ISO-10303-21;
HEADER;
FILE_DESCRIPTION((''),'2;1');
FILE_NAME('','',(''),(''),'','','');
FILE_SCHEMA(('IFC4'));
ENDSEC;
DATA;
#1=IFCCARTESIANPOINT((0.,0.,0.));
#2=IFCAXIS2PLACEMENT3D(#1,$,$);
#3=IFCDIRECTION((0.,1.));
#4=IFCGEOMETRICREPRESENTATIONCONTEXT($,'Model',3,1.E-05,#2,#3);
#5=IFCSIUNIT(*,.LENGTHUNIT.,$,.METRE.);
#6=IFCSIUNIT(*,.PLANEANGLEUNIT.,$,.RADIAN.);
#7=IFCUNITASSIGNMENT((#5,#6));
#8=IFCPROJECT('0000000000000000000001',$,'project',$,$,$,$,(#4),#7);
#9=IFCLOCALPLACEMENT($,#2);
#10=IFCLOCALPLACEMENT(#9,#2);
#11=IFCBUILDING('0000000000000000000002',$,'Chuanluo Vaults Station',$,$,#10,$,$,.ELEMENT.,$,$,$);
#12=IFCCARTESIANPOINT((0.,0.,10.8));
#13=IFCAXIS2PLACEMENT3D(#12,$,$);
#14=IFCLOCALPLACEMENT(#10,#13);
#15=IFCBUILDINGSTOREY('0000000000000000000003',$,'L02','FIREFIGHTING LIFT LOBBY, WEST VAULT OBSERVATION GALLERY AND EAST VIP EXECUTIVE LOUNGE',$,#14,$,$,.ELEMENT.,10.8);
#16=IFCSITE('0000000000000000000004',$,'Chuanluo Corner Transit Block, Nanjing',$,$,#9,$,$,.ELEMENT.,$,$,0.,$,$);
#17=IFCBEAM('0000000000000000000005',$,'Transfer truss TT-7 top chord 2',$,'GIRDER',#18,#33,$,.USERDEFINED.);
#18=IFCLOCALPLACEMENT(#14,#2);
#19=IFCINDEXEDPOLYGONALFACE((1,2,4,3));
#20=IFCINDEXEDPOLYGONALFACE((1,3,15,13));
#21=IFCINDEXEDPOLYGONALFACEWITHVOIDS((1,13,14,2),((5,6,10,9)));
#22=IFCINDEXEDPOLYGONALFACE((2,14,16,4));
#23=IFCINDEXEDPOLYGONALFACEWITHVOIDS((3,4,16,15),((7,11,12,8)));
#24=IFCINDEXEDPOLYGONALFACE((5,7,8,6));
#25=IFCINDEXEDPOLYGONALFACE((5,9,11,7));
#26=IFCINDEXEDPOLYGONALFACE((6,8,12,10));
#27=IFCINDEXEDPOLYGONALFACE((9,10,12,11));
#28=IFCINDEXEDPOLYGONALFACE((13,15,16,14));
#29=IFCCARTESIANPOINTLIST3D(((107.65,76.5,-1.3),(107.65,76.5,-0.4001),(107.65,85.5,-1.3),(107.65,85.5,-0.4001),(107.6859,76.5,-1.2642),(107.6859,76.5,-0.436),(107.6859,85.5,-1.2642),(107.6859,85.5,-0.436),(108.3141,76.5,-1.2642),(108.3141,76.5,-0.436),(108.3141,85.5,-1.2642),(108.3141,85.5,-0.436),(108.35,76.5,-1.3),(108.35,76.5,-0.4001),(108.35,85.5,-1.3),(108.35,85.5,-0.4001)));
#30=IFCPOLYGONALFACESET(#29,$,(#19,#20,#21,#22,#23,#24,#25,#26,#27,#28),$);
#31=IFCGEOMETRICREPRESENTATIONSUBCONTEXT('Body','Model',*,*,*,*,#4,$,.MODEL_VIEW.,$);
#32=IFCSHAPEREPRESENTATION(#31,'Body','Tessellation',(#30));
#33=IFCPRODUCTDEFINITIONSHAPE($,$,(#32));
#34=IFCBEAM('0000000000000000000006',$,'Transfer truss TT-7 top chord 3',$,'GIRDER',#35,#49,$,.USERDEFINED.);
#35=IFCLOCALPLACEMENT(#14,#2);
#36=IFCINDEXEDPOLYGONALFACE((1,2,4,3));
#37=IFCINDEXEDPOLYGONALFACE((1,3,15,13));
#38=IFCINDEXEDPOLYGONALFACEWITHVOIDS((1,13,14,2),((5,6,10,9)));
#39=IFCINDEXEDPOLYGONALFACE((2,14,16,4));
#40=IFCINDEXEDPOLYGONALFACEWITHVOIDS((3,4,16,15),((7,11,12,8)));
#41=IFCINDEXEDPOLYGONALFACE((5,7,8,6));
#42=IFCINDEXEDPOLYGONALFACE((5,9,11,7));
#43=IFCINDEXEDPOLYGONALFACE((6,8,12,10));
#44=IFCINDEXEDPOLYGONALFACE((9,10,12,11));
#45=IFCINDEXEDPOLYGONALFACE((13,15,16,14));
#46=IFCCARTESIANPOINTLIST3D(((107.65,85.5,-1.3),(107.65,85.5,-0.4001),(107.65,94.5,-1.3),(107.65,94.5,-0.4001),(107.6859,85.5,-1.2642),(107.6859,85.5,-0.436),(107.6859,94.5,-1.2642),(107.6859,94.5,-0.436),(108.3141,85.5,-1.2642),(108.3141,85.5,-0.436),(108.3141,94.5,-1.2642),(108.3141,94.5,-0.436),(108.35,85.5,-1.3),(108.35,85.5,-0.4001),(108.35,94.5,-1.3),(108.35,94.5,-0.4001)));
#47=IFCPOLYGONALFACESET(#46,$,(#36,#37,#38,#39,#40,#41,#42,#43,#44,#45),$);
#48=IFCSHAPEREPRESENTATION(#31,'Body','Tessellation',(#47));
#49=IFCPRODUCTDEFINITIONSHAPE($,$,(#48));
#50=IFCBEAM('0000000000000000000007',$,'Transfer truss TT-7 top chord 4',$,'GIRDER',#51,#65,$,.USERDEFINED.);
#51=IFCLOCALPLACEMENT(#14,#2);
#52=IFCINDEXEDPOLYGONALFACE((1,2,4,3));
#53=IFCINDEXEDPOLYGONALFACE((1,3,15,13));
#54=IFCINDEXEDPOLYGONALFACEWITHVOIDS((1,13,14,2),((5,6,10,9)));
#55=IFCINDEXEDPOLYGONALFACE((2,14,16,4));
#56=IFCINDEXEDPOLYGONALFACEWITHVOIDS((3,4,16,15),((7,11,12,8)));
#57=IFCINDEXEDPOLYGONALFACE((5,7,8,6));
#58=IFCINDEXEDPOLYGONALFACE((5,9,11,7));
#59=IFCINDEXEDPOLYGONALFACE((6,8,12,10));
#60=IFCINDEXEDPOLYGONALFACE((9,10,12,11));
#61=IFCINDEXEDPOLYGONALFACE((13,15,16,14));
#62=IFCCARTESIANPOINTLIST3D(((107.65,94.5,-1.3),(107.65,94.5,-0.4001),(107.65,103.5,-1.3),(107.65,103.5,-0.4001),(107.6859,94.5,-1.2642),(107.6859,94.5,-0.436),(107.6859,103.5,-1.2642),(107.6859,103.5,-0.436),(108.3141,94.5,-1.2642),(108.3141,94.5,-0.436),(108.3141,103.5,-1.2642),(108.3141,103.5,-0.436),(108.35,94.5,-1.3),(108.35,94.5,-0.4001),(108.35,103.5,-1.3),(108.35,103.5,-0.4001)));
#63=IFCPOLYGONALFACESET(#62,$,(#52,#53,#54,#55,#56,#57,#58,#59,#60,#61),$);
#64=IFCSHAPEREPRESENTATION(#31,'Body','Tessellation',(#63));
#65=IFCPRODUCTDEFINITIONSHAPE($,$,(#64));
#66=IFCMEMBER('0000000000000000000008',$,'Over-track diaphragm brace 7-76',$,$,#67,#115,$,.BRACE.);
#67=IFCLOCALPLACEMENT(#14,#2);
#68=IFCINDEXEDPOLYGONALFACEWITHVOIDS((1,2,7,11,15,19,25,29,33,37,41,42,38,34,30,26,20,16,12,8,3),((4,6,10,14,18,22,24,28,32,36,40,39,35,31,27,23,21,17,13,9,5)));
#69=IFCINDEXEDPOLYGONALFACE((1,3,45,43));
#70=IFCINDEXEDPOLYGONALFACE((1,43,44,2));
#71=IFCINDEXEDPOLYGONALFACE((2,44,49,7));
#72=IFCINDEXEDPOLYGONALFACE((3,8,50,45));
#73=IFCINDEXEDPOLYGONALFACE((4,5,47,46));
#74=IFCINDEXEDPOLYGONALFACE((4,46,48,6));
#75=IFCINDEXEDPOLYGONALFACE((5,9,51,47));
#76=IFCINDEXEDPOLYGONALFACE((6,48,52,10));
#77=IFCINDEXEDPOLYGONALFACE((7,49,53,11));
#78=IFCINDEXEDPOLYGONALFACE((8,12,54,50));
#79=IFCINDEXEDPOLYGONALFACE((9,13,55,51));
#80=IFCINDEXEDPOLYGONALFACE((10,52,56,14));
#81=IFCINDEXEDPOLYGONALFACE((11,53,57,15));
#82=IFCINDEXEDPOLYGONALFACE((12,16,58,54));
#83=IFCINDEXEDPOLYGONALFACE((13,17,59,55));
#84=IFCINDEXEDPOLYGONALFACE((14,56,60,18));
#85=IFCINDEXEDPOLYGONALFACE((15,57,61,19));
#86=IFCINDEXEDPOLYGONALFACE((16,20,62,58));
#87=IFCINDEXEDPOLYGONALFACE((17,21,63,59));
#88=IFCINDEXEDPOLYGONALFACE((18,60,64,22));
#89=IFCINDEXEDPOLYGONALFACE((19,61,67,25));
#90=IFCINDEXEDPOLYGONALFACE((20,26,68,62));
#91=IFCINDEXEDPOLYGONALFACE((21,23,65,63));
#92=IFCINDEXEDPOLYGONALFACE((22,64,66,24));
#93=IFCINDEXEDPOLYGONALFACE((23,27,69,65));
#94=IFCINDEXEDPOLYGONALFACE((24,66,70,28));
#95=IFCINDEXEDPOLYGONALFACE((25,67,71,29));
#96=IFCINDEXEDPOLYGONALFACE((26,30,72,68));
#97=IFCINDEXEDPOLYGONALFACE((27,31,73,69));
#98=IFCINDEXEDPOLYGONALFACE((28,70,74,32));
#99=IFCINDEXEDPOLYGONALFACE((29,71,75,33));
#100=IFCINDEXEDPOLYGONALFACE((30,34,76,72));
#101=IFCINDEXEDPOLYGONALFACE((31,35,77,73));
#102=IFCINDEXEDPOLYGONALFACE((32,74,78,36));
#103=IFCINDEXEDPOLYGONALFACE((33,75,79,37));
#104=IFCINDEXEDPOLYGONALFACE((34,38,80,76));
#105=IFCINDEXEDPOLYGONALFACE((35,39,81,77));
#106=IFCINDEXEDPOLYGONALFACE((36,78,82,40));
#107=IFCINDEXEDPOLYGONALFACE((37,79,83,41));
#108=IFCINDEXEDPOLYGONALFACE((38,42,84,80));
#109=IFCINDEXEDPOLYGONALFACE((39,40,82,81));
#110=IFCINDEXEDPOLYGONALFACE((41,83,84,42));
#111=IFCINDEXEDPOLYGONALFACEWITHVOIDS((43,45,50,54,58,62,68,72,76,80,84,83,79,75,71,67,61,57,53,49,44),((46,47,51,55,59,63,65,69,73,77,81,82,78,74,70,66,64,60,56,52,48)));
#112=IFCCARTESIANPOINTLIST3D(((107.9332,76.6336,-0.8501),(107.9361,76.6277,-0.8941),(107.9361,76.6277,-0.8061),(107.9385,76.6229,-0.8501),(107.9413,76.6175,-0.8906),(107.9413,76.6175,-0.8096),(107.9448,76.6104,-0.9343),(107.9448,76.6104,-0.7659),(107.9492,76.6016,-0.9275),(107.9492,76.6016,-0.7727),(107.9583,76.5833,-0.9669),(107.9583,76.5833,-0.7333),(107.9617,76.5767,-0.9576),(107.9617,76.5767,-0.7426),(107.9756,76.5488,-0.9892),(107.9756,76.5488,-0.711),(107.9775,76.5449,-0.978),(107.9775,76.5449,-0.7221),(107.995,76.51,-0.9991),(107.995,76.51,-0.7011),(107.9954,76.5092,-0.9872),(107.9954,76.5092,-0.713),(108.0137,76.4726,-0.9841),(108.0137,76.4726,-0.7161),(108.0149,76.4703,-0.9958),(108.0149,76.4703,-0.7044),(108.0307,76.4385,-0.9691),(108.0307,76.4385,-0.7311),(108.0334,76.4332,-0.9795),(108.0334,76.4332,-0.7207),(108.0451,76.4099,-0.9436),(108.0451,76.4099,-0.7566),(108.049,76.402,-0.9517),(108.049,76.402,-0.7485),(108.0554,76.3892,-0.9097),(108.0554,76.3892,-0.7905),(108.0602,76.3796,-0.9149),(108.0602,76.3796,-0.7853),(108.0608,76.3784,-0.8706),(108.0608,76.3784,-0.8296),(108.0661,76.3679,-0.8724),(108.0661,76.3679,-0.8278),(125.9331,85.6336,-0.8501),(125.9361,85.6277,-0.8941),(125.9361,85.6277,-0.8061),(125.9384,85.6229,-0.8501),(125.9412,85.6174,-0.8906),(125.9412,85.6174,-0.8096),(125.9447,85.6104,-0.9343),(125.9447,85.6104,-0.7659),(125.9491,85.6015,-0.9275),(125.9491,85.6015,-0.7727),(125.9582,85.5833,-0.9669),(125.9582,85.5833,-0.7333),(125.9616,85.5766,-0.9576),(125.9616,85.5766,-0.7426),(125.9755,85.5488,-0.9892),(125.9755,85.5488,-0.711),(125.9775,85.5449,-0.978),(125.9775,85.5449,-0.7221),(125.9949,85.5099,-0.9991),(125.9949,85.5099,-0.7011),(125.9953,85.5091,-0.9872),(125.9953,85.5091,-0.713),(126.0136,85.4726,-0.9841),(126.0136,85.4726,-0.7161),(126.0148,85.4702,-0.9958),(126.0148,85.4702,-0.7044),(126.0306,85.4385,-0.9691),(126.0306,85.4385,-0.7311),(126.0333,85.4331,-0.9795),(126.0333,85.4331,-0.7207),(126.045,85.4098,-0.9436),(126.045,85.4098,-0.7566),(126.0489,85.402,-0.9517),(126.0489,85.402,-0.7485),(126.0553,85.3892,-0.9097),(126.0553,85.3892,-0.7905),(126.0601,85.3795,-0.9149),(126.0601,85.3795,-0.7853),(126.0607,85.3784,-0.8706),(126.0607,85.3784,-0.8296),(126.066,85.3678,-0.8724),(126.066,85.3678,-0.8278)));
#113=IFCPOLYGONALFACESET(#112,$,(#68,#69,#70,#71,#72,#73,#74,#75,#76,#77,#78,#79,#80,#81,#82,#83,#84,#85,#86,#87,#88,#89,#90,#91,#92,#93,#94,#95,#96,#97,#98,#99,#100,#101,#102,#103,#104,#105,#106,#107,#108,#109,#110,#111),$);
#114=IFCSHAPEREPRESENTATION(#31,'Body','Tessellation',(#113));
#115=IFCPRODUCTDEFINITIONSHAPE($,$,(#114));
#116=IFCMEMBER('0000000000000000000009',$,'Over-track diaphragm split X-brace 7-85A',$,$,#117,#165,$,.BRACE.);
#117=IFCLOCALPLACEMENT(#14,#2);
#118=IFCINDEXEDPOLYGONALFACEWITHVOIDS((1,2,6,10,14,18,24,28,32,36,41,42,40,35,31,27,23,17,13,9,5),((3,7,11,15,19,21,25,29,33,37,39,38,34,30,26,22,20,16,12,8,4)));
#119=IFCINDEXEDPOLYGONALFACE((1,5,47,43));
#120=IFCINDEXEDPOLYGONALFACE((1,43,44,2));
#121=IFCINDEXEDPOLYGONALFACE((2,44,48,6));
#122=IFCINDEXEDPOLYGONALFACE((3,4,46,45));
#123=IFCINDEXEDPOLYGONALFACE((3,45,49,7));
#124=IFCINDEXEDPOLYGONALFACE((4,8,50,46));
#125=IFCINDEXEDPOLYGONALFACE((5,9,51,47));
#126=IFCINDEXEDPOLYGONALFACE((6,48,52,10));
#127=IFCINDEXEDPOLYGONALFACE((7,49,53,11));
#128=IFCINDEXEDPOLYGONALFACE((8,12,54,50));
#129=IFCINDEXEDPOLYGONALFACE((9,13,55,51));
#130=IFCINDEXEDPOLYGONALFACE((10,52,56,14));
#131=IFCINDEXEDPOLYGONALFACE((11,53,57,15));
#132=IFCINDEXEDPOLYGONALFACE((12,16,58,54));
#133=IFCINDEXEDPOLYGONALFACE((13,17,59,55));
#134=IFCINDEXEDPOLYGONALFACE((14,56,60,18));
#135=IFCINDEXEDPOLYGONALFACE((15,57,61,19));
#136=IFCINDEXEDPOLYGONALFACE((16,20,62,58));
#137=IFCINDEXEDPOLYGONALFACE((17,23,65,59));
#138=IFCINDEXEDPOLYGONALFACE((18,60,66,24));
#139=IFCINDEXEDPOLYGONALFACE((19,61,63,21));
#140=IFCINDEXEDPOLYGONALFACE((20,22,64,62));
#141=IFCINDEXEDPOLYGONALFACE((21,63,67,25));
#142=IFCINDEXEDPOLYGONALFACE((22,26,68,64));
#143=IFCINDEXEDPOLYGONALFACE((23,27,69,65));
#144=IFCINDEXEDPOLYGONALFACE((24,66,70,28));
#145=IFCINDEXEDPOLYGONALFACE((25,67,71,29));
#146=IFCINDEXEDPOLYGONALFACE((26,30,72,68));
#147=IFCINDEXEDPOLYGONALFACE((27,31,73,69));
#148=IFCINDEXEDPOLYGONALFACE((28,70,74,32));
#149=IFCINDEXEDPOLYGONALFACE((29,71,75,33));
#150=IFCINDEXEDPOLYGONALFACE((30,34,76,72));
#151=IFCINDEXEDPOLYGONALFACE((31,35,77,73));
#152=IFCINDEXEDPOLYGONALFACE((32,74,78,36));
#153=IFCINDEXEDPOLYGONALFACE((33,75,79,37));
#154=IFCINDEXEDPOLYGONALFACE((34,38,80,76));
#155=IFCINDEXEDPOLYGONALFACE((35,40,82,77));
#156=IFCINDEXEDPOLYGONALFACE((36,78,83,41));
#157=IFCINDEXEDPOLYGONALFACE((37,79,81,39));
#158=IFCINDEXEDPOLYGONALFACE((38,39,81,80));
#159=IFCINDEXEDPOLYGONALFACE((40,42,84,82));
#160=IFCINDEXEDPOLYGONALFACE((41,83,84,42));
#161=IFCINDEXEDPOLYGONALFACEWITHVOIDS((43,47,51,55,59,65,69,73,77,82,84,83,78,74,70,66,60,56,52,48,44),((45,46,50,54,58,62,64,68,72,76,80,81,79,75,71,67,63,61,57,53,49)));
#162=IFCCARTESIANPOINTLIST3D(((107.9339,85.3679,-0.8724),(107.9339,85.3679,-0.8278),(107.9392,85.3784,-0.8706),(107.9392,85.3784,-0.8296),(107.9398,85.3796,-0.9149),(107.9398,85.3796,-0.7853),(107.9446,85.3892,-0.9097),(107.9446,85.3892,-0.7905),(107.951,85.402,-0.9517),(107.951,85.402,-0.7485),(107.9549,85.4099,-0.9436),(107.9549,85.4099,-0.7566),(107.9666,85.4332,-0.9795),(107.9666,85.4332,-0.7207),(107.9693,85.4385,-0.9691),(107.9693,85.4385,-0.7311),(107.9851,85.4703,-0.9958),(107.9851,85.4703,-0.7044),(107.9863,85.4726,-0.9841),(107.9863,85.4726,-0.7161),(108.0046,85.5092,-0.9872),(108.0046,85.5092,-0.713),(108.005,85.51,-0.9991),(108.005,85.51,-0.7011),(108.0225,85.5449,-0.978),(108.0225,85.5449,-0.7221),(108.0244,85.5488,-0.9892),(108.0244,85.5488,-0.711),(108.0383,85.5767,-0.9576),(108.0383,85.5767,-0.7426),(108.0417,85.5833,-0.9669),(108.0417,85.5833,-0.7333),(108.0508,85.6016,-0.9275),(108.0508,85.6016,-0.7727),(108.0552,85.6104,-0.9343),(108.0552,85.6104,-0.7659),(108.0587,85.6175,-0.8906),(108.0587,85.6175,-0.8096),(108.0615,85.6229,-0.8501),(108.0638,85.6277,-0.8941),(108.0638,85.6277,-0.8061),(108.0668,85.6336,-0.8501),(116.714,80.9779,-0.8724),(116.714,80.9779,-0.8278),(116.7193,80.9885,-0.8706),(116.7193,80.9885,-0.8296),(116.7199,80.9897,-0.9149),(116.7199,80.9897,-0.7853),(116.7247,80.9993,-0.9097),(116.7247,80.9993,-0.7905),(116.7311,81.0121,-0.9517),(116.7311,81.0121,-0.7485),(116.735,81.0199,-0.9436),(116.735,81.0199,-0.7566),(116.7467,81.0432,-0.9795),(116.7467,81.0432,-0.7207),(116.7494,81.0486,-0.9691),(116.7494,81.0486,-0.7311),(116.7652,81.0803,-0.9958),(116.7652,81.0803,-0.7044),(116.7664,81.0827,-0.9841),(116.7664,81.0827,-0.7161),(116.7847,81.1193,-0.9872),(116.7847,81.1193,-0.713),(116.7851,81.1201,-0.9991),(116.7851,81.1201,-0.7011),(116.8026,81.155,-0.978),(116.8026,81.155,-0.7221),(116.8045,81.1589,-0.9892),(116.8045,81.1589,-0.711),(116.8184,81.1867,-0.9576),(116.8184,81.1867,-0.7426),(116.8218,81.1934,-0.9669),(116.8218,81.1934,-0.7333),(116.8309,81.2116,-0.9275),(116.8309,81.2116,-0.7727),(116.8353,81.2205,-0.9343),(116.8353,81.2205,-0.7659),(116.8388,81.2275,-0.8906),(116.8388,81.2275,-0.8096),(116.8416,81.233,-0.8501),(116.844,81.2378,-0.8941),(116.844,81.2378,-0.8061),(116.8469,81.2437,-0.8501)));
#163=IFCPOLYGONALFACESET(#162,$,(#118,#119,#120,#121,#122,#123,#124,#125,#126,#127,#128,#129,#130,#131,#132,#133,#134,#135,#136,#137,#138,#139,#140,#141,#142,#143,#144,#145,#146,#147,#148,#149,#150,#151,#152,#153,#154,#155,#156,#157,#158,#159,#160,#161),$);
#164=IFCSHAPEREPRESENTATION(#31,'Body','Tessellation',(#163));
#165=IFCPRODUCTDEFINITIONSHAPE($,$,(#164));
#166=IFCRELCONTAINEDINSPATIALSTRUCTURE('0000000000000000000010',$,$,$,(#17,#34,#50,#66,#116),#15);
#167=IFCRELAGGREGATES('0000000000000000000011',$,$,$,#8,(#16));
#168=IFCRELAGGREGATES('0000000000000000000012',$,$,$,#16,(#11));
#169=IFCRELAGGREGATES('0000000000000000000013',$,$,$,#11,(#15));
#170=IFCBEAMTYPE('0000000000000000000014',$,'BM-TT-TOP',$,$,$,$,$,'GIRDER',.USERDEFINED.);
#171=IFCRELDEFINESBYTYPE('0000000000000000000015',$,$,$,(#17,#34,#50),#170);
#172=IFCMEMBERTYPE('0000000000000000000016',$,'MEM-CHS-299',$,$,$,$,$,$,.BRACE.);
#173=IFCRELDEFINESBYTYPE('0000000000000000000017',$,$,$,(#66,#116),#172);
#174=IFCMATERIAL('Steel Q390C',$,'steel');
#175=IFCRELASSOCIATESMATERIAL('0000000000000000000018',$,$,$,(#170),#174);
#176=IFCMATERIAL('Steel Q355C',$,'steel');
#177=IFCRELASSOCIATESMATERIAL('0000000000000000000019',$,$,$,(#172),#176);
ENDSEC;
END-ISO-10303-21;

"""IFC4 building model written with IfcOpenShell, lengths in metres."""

from ifc_helpers import new_model, si_unit, direction, frame, origin, origin_2d, place, context, subcontext, project, spatial, hollow_rectangle, hollow_circle, extrude, material, material_profile, profile_set, type_object, element, save


model = new_model("IFC4")

# Units and contexts
model_context = context("Model", 3, precision=1e-05, world=origin(), true_north=direction((0.0, 1.0)))
body_context = subcontext(model_context, "Body", "Model", "MODEL_VIEW")
ifc_project = project(units=[si_unit("LENGTHUNIT", "METRE"), si_unit("PLANEANGLEUNIT", "RADIAN")], contexts=[model_context])

# Site, building, storey
site_placement = place(None, origin())
site = spatial("IfcSite", under=ifc_project, at=site_placement, Name="Chuanluo Corner Transit Block, Nanjing", CompositionType="ELEMENT", RefElevation=0.0)
building_placement = place(site_placement, origin())
building = spatial("IfcBuilding", under=site, at=building_placement, Name="Chuanluo Vaults Station", CompositionType="ELEMENT")
storey_placement = place(building_placement, frame((0.0, 0.0, 10.8)))
storey = spatial("IfcBuildingStorey", under=building, at=storey_placement, Name="L02", Description="FIREFIGHTING LIFT LOBBY, WEST VAULT OBSERVATION GALLERY AND EAST VIP EXECUTIVE LOUNGE", CompositionType="ELEMENT", Elevation=10.8)

# Beams
ifc_material_1 = material(Name="Steel Q390C", Category="steel")
ifc_material_profile_1 = material_profile(ifc_material_1, hollow_rectangle(XDim=0.7, YDim=0.8999, WallThickness=0.0359, at=origin_2d()))
ifc_profile_set_1 = profile_set([ifc_material_profile_1], Name="Steel Q390C")
beam_type_1 = type_object("IfcBeamType", Name="BM-TT-TOP", ElementType="GIRDER", PredefinedType="USERDEFINED", material=ifc_profile_set_1)
for number, where, z_axis, x_axis, name in (
    (1, (108.0, 76.5, -0.8501), (0.0, 1.0, 0.0), (-1.0, 0.0, 0.0), "Transfer truss TT-7 top chord 2"),
    (2, (108.0, 85.5, -0.8501), (0.0, 1.0, 0.0), (-1.0, 0.0, 0.0), "Transfer truss TT-7 top chord 3"),
    (3, (108.0, 94.5, -0.8501), (0.0, 1.0, 0.0), (-1.0, 0.0, 0.0), "Transfer truss TT-7 top chord 4"),
):
    element("IfcBeam", number, at=place(storey_placement, frame(where, z_axis=z_axis, x_axis=x_axis)), inside=storey, type_object=beam_type_1, Name=name, ObjectType="GIRDER", PredefinedType="USERDEFINED", context=body_context, shape_type="SweptSolid", body=[
        extrude(hollow_rectangle(XDim=0.7, YDim=0.8999, WallThickness=0.0359, at=origin_2d()), origin(), (0.0, 0.0, 1.0), 9.0),
    ])

# Members
ifc_material_2 = material(Name="Steel Q355C", Category="steel")
ifc_material_profile_2 = material_profile(ifc_material_2, hollow_circle(Radius=0.1494, WallThickness=0.012, at=origin_2d()))
ifc_profile_set_2 = profile_set([ifc_material_profile_2], Name="Steel Q355C")
member_type_1 = type_object("IfcMemberType", Name="MEM-CHS-299", PredefinedType="BRACE", material=ifc_profile_set_2)
member_1_placement = place(storey_placement, frame((108.0, 76.5, -0.8501), z_axis=(0.894427, 0.447214, 0.0), x_axis=(-0.447214, 0.894427, 0.0)))
element("IfcMember", 4, at=member_1_placement, inside=storey, type_object=member_type_1, Name="Over-track diaphragm brace 7-76", PredefinedType="BRACE", context=body_context, shape_type="SweptSolid", body=[
    extrude(hollow_circle(Radius=0.1494, WallThickness=0.012, at=origin_2d()), origin(), (0.0, 0.0, 1.0), 20.1245),
])
member_2_placement = place(storey_placement, frame((108.0, 85.5, -0.8501), z_axis=(0.894432, -0.447204, 0.0), x_axis=(0.447204, 0.894432, 0.0)))
element("IfcMember", 5, at=member_2_placement, inside=storey, type_object=member_type_1, Name="Over-track diaphragm split X-brace 7-85A", PredefinedType="BRACE", context=body_context, shape_type="SweptSolid", body=[
    extrude(hollow_circle(Radius=0.1494, WallThickness=0.012, at=origin_2d()), origin(), (0.0, 0.0, 1.0), 9.8164),
])

save(model, "model.ifc")
